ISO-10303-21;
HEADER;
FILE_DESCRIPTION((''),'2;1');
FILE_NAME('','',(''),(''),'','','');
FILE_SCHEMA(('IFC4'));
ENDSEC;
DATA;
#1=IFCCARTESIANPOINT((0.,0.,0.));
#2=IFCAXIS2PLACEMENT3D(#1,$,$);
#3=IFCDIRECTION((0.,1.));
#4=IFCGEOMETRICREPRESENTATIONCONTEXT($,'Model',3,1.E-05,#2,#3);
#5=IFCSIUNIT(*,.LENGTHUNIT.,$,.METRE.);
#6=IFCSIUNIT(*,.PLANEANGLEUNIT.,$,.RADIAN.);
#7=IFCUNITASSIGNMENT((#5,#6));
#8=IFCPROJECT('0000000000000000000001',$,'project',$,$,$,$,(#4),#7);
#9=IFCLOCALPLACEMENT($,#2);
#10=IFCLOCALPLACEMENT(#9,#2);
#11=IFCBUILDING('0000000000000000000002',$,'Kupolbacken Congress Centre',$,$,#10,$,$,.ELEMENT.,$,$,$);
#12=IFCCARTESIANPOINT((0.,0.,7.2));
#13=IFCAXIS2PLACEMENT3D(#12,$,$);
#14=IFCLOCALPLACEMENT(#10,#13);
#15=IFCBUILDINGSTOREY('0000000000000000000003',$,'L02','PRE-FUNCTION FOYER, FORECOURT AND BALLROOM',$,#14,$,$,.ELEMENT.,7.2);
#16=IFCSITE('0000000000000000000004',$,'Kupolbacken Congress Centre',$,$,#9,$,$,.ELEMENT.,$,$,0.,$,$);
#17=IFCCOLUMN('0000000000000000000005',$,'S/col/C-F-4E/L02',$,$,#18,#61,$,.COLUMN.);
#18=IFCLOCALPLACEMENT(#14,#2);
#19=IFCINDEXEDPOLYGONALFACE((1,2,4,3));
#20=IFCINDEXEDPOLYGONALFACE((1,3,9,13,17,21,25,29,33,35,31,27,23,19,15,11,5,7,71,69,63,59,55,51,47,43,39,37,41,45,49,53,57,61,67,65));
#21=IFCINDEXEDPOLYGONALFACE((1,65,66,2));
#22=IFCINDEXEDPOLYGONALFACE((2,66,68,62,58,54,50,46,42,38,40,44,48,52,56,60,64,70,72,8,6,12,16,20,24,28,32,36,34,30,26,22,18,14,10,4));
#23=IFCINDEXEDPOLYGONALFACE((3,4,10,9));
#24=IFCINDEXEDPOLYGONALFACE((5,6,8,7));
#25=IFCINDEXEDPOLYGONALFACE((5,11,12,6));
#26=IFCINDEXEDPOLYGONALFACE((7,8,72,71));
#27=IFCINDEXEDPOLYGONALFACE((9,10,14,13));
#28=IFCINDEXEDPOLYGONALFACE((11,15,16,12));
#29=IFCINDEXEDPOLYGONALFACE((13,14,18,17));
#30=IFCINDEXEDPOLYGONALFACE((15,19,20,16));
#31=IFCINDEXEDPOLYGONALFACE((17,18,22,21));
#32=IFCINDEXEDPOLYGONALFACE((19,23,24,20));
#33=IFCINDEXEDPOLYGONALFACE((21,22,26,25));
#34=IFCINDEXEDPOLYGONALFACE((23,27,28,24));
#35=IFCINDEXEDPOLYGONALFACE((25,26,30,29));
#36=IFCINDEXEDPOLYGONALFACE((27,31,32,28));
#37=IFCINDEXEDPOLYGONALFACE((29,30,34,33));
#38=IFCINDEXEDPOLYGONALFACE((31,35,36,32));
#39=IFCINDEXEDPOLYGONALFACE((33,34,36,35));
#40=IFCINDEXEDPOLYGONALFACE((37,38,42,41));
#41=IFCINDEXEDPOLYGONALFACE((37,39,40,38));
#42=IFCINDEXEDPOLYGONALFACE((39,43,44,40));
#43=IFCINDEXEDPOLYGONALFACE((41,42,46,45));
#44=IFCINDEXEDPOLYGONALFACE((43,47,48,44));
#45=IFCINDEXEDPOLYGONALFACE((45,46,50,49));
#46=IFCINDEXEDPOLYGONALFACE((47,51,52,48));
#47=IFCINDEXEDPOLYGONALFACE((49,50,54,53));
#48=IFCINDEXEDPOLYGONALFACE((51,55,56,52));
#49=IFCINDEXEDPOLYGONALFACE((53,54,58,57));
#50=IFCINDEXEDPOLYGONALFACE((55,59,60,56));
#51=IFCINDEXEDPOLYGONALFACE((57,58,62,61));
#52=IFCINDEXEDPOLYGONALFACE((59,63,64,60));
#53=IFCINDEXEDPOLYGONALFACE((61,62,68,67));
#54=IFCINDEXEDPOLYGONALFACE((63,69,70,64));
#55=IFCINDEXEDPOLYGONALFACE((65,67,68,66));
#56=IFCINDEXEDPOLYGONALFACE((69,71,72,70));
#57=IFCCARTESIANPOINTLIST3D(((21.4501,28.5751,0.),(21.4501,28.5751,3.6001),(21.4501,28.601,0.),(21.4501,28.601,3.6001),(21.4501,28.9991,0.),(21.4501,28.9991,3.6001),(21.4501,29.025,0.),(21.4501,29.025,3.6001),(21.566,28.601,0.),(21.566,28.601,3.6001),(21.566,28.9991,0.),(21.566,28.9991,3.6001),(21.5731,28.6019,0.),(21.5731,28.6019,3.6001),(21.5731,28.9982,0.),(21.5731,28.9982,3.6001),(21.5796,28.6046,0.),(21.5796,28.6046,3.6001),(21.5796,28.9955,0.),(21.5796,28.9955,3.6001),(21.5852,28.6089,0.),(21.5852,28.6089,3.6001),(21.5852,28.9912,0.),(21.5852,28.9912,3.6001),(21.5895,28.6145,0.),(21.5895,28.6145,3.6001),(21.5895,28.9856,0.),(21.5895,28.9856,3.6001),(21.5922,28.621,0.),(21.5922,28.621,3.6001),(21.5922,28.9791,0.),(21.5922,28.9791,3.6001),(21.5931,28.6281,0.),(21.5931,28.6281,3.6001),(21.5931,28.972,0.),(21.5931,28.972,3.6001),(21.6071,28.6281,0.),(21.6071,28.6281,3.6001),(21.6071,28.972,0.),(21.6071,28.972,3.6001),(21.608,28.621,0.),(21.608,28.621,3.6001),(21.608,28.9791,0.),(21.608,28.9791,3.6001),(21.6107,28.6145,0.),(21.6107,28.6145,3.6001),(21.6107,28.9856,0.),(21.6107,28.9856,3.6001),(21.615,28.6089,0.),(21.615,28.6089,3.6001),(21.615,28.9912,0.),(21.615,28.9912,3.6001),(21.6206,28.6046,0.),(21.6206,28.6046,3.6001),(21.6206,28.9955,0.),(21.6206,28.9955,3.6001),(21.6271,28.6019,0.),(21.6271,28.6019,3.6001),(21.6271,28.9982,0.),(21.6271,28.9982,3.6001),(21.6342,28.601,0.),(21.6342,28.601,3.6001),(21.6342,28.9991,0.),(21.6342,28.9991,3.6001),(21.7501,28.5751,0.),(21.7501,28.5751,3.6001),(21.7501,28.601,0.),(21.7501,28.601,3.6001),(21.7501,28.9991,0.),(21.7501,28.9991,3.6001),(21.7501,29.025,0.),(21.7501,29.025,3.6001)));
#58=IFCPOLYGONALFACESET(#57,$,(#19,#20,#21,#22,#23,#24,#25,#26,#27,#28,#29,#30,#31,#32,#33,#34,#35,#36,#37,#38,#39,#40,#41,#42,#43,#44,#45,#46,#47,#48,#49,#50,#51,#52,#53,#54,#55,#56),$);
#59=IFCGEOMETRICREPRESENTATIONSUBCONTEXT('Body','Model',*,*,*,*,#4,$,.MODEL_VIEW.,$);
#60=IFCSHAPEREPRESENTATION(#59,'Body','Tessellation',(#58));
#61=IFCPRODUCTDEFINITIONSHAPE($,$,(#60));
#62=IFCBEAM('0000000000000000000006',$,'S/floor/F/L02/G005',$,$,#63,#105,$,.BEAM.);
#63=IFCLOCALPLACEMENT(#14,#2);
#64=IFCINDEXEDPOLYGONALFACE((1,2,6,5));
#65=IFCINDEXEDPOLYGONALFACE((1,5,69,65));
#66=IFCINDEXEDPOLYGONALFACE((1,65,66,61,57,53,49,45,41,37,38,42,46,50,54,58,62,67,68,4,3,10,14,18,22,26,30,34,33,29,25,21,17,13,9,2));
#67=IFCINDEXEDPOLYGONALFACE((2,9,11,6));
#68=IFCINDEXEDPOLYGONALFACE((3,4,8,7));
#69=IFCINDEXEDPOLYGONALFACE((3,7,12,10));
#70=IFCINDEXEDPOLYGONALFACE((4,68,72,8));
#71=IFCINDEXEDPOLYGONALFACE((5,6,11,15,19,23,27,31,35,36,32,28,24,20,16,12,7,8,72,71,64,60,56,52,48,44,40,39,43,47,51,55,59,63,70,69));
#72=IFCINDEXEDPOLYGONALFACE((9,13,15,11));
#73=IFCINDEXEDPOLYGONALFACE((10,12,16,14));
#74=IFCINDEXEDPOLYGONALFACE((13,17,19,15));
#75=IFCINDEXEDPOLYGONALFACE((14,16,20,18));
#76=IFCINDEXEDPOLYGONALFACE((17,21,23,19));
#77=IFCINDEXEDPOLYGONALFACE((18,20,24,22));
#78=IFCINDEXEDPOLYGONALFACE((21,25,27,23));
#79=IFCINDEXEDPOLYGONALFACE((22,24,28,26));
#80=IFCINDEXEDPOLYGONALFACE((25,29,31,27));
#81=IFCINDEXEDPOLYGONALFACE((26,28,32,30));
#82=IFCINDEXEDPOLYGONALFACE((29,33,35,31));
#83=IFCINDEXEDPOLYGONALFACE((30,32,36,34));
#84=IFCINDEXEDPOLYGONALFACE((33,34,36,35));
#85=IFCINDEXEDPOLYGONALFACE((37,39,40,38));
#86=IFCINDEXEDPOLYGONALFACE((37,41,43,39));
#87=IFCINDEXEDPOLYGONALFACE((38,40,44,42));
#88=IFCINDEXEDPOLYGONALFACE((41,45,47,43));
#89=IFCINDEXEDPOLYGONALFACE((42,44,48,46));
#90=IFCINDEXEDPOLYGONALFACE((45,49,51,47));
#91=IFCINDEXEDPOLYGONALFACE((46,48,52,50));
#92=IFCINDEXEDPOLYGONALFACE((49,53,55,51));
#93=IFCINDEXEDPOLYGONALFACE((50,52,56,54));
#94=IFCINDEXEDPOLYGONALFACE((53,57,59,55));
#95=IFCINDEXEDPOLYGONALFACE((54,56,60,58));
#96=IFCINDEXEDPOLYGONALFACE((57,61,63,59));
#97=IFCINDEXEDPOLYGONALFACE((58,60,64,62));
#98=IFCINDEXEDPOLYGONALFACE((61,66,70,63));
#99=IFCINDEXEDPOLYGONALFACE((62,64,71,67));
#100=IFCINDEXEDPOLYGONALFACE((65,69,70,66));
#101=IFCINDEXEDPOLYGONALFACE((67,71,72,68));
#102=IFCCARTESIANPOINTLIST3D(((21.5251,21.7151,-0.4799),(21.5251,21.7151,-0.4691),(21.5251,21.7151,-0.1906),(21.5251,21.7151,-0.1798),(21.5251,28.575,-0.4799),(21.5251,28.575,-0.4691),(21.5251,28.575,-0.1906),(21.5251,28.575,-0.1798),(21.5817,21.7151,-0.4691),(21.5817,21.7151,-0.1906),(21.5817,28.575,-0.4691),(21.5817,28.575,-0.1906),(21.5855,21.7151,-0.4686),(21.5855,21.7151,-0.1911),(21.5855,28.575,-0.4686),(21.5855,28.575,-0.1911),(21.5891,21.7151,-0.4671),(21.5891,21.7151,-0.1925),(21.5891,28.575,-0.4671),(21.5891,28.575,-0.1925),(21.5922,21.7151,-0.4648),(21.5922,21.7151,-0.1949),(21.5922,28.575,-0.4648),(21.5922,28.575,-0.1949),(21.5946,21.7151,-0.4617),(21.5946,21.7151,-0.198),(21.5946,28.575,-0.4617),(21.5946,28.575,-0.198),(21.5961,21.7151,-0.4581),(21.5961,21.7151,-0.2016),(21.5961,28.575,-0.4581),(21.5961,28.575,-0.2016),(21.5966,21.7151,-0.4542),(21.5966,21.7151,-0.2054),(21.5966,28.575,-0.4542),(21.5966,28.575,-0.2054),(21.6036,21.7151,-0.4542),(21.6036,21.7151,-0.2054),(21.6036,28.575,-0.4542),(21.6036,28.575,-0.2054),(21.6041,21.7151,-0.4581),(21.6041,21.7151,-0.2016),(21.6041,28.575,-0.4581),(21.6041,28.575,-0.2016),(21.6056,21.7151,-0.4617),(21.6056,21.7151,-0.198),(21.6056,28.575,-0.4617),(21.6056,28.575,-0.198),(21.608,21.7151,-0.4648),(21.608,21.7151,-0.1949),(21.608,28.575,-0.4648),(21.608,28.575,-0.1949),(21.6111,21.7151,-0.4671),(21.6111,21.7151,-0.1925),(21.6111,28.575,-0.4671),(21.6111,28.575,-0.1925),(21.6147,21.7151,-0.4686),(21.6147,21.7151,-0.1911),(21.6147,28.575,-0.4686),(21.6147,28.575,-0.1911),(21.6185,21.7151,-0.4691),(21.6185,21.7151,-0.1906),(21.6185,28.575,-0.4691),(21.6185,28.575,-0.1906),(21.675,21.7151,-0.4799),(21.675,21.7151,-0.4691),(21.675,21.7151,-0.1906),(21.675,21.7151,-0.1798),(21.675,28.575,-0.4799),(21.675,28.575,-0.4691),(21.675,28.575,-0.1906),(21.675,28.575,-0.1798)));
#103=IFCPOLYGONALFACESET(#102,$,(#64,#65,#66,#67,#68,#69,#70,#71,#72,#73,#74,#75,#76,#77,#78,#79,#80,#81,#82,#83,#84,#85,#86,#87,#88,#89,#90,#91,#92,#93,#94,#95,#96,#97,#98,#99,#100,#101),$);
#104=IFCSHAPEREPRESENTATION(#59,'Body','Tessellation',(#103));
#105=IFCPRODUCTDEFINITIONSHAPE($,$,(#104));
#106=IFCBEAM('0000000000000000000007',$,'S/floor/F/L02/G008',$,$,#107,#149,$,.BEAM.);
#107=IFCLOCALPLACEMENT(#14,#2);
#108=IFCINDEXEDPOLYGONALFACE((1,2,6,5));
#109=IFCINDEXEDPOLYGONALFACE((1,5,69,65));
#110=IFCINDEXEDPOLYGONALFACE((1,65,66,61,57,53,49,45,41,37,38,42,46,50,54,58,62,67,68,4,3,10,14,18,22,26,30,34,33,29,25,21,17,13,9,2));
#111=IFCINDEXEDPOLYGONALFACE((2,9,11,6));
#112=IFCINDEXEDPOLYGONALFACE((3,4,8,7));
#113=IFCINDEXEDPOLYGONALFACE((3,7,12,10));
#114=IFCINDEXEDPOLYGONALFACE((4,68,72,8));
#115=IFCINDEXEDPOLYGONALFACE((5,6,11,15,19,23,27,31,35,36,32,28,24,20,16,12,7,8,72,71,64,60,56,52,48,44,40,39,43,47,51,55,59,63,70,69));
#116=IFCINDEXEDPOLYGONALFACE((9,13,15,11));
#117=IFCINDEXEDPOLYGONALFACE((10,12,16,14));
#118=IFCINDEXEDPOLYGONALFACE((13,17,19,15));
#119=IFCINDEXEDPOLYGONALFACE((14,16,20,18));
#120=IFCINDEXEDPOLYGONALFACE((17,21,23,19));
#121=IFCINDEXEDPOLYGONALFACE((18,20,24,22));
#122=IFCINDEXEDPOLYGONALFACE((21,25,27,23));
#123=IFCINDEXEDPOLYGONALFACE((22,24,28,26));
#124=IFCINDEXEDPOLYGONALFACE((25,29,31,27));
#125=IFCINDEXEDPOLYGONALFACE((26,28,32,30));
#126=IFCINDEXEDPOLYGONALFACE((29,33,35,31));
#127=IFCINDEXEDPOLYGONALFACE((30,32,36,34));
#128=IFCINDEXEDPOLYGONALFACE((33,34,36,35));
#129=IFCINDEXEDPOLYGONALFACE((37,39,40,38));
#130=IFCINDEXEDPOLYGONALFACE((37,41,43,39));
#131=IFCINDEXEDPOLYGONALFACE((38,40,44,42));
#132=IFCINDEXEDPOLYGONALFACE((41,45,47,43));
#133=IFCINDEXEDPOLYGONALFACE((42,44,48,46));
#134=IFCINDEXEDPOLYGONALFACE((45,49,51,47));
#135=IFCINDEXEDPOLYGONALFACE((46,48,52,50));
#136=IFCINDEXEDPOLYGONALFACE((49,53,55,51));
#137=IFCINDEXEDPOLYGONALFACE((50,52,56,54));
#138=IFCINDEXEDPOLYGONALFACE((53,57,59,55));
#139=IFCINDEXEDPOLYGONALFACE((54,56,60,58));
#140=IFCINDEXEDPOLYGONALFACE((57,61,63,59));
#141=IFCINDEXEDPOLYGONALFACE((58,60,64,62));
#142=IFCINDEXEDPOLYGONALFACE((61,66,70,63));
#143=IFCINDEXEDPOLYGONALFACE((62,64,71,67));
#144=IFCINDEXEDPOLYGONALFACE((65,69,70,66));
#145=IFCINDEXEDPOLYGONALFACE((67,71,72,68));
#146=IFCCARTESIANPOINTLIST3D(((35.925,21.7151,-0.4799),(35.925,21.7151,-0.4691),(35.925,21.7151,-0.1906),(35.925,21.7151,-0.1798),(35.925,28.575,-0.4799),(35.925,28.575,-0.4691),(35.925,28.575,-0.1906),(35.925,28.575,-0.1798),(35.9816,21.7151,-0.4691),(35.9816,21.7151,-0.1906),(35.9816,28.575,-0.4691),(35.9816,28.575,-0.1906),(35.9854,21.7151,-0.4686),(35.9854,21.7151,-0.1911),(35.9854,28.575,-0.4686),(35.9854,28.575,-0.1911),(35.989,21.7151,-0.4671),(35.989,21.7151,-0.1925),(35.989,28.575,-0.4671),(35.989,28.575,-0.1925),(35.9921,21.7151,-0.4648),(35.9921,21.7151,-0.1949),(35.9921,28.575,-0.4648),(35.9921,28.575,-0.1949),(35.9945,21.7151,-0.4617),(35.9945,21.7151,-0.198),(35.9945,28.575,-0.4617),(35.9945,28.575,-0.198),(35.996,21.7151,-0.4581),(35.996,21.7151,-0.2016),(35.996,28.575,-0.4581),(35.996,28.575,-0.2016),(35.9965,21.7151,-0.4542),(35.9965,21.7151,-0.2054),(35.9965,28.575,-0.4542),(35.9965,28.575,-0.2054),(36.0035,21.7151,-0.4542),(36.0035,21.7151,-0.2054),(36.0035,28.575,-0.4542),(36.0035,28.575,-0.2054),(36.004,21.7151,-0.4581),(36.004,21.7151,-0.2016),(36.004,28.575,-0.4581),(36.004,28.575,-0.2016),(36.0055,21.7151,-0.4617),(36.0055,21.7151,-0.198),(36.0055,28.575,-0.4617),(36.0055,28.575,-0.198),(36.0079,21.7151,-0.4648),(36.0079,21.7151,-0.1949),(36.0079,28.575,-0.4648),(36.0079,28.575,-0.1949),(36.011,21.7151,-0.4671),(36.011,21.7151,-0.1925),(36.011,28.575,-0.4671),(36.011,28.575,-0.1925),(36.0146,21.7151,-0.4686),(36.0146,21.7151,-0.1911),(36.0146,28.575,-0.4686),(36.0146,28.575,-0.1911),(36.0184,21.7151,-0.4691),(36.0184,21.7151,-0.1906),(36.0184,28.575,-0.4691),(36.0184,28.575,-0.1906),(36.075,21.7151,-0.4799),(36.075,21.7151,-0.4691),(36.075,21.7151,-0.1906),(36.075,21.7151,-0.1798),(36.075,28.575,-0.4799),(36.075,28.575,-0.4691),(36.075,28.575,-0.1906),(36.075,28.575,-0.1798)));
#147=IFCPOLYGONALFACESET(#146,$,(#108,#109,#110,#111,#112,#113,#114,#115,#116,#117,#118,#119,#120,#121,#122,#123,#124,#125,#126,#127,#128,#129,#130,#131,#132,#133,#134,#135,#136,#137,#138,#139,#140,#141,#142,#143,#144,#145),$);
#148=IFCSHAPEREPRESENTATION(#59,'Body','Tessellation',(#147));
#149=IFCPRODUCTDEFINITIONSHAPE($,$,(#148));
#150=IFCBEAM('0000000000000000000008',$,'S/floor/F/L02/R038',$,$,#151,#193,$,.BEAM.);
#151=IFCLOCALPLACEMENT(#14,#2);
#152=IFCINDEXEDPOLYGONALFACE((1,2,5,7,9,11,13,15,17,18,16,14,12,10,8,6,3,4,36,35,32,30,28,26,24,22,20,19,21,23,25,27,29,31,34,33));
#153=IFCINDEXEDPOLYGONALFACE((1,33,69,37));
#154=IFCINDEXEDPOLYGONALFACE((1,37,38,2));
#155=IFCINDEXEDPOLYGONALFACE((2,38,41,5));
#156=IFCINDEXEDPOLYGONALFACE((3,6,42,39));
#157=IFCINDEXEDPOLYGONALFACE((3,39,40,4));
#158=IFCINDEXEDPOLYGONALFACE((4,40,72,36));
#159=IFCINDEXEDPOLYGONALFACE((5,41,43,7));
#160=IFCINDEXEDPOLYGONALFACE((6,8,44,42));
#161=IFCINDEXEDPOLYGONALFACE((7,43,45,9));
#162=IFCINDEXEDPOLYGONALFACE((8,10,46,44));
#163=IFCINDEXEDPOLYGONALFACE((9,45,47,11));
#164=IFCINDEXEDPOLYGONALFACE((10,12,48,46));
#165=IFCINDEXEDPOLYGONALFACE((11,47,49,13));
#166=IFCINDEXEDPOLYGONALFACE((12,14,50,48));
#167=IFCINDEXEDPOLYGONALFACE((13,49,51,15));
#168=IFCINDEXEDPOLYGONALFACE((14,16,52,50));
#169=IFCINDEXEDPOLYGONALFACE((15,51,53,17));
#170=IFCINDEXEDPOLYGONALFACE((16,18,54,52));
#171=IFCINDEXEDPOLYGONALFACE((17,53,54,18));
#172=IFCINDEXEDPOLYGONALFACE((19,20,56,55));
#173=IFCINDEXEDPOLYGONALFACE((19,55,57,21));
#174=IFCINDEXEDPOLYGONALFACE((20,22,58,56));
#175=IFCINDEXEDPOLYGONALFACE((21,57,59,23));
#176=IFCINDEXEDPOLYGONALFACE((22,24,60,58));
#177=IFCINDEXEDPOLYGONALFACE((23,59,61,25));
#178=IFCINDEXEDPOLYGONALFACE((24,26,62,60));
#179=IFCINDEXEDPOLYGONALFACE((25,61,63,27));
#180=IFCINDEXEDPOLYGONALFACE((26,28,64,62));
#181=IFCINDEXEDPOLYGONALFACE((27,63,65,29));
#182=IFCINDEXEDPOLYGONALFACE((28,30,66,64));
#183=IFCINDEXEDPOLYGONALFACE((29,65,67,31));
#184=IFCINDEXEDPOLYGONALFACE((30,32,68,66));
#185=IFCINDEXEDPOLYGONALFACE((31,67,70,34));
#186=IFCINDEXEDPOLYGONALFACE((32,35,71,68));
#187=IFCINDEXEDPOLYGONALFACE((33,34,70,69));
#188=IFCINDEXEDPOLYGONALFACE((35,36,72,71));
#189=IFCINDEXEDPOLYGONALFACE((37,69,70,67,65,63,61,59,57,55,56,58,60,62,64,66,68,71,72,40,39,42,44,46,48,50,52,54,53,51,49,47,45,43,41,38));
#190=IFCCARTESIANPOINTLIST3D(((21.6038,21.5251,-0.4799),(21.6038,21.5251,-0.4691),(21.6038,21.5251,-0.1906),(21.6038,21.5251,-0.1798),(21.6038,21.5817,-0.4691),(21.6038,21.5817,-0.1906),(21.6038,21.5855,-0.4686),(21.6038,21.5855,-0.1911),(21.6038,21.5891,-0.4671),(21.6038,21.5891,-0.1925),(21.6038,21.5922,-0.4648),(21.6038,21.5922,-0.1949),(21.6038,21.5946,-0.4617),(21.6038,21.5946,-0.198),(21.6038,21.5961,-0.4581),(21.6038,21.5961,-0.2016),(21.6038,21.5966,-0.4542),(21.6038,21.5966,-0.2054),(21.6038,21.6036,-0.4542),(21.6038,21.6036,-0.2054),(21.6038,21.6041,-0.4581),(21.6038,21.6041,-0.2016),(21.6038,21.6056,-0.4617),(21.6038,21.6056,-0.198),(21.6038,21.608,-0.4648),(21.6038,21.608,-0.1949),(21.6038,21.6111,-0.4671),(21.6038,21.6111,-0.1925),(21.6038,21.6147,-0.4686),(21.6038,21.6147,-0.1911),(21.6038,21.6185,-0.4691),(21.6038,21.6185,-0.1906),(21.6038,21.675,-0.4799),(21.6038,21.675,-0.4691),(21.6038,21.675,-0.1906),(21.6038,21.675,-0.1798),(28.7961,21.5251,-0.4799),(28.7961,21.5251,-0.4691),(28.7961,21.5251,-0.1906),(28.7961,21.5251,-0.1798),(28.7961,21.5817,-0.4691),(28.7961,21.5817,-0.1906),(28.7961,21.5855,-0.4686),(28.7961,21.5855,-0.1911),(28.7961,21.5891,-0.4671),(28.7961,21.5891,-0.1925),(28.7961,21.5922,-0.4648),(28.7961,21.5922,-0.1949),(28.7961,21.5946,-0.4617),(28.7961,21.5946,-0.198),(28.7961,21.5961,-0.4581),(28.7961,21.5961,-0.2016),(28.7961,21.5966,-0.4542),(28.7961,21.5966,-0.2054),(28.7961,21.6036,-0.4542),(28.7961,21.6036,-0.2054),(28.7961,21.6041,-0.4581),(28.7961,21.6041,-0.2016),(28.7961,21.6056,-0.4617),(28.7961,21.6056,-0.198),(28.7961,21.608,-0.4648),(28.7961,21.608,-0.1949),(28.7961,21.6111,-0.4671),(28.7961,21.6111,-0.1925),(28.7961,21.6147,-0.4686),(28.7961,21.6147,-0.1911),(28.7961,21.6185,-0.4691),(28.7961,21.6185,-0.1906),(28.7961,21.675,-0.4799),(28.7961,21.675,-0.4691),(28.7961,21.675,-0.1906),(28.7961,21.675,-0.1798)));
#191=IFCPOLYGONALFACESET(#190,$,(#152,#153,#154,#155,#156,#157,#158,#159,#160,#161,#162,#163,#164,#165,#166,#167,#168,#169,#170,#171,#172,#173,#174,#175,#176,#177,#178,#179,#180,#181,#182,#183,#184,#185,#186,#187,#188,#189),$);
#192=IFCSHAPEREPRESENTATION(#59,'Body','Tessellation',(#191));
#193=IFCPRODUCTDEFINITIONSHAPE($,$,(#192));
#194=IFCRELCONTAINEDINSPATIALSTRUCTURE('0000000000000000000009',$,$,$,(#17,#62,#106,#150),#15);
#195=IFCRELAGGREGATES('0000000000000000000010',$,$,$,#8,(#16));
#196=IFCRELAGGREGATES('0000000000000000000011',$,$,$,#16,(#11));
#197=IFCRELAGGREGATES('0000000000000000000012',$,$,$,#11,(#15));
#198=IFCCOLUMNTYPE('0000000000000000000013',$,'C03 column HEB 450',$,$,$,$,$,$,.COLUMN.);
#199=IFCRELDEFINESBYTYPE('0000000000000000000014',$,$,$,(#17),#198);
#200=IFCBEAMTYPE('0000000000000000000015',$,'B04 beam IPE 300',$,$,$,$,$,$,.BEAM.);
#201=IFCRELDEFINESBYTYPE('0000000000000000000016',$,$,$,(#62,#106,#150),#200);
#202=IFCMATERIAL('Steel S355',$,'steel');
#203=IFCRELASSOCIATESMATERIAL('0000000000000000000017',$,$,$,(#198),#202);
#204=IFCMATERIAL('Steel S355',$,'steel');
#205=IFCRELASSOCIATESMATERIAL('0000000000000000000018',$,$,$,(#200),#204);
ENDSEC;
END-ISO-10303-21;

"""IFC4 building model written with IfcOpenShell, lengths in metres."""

from ifc_helpers import new_model, si_unit, direction, frame, origin, origin_2d, place, context, subcontext, project, spatial, i_section, extrude, material, material_profile, profile_set, type_object, element, save


model = new_model("IFC4")

# Units and contexts
model_context = context("Model", 3, precision=1e-05, world=origin(), true_north=direction((0.0, 1.0)))
body_context = subcontext(model_context, "Body", "Model", "MODEL_VIEW")
ifc_project = project(units=[si_unit("LENGTHUNIT", "METRE"), si_unit("PLANEANGLEUNIT", "RADIAN")], contexts=[model_context])

# Site, building, storey
site_placement = place(None, origin())
site = spatial("IfcSite", under=ifc_project, at=site_placement, Name="Kupolbacken Congress Centre", CompositionType="ELEMENT", RefElevation=0.0)
building_placement = place(site_placement, origin())
building = spatial("IfcBuilding", under=site, at=building_placement, Name="Kupolbacken Congress Centre", CompositionType="ELEMENT")
storey_placement = place(building_placement, frame((0.0, 0.0, 7.2)))
storey = spatial("IfcBuildingStorey", under=building, at=storey_placement, Name="L02", Description="PRE-FUNCTION FOYER, FORECOURT AND BALLROOM", CompositionType="ELEMENT", Elevation=7.2)

# Column
ifc_material_1 = material(Name="Steel S355", Category="steel")
ifc_material_profile_1 = material_profile(ifc_material_1, i_section(OverallWidth=0.3, OverallDepth=0.45, WebThickness=0.0139, FlangeThickness=0.0259, FilletRadius=0.0271, at=origin_2d()), Name="HEB 450")
ifc_profile_set_1 = profile_set([ifc_material_profile_1], Name="Steel S355")
column_type = type_object("IfcColumnType", Name="C03 column HEB 450", PredefinedType="COLUMN", material=ifc_profile_set_1)
column_placement = place(storey_placement, frame((21.6001, 28.8, 0.0), z_axis=(0.0, 0.0, 1.0), x_axis=(1.0, 0.0, 0.0)))
element("IfcColumn", 1, at=column_placement, inside=storey, type_object=column_type, Name="S/col/C-F-4E/L02", PredefinedType="COLUMN", context=body_context, shape_type="SweptSolid", body=[
    extrude(i_section(OverallWidth=0.3, OverallDepth=0.45, WebThickness=0.0139, FlangeThickness=0.0259, FilletRadius=0.0271, at=origin_2d()), origin(), (0.0, 0.0, 1.0), 3.6001),
])

# Beams
ifc_material_2 = material(Name="Steel S355", Category="steel")
ifc_material_profile_2 = material_profile(ifc_material_2, i_section(OverallWidth=0.1499, OverallDepth=0.3, WebThickness=0.0071, FlangeThickness=0.0107, FilletRadius=0.0149, at=origin_2d()), Name="IPE 300")
ifc_profile_set_2 = profile_set([ifc_material_profile_2], Name="Steel S355")
beam_type_1 = type_object("IfcBeamType", Name="B04 beam IPE 300", PredefinedType="BEAM", material=ifc_profile_set_2)
for number, where, z_axis, x_axis, name in (
    (2, (21.6001, 21.7151, -0.3298), (0.0, 1.0, 0.0), (-1.0, 0.0, 0.0), "S/floor/F/L02/G005"),
    (3, (36.0, 21.7151, -0.3298), (0.0, 1.0, 0.0), (-1.0, 0.0, 0.0), "S/floor/F/L02/G008"),
):
    element("IfcBeam", number, at=place(storey_placement, frame(where, z_axis=z_axis, x_axis=x_axis)), inside=storey, type_object=beam_type_1, Name=name, PredefinedType="BEAM", context=body_context, shape_type="SweptSolid", body=[
        extrude(i_section(OverallWidth=0.1499, OverallDepth=0.3, WebThickness=0.0071, FlangeThickness=0.0107, FilletRadius=0.0149, at=origin_2d()), origin(), (0.0, 0.0, 1.0), 6.8599),
    ])
beam_1_placement = place(storey_placement, frame((21.6038, 21.6001, -0.3298), z_axis=(1.0, 0.0, 0.0), x_axis=(0.0, 1.0, 0.0)))
element("IfcBeam", 4, at=beam_1_placement, inside=storey, type_object=beam_type_1, Name="S/floor/F/L02/R038", PredefinedType="BEAM", context=body_context, shape_type="SweptSolid", body=[
    extrude(i_section(OverallWidth=0.1499, OverallDepth=0.3, WebThickness=0.0071, FlangeThickness=0.0107, FilletRadius=0.0149, at=origin_2d()), origin(), (0.0, 0.0, 1.0), 7.1924),
])

save(model, "model.ifc")
